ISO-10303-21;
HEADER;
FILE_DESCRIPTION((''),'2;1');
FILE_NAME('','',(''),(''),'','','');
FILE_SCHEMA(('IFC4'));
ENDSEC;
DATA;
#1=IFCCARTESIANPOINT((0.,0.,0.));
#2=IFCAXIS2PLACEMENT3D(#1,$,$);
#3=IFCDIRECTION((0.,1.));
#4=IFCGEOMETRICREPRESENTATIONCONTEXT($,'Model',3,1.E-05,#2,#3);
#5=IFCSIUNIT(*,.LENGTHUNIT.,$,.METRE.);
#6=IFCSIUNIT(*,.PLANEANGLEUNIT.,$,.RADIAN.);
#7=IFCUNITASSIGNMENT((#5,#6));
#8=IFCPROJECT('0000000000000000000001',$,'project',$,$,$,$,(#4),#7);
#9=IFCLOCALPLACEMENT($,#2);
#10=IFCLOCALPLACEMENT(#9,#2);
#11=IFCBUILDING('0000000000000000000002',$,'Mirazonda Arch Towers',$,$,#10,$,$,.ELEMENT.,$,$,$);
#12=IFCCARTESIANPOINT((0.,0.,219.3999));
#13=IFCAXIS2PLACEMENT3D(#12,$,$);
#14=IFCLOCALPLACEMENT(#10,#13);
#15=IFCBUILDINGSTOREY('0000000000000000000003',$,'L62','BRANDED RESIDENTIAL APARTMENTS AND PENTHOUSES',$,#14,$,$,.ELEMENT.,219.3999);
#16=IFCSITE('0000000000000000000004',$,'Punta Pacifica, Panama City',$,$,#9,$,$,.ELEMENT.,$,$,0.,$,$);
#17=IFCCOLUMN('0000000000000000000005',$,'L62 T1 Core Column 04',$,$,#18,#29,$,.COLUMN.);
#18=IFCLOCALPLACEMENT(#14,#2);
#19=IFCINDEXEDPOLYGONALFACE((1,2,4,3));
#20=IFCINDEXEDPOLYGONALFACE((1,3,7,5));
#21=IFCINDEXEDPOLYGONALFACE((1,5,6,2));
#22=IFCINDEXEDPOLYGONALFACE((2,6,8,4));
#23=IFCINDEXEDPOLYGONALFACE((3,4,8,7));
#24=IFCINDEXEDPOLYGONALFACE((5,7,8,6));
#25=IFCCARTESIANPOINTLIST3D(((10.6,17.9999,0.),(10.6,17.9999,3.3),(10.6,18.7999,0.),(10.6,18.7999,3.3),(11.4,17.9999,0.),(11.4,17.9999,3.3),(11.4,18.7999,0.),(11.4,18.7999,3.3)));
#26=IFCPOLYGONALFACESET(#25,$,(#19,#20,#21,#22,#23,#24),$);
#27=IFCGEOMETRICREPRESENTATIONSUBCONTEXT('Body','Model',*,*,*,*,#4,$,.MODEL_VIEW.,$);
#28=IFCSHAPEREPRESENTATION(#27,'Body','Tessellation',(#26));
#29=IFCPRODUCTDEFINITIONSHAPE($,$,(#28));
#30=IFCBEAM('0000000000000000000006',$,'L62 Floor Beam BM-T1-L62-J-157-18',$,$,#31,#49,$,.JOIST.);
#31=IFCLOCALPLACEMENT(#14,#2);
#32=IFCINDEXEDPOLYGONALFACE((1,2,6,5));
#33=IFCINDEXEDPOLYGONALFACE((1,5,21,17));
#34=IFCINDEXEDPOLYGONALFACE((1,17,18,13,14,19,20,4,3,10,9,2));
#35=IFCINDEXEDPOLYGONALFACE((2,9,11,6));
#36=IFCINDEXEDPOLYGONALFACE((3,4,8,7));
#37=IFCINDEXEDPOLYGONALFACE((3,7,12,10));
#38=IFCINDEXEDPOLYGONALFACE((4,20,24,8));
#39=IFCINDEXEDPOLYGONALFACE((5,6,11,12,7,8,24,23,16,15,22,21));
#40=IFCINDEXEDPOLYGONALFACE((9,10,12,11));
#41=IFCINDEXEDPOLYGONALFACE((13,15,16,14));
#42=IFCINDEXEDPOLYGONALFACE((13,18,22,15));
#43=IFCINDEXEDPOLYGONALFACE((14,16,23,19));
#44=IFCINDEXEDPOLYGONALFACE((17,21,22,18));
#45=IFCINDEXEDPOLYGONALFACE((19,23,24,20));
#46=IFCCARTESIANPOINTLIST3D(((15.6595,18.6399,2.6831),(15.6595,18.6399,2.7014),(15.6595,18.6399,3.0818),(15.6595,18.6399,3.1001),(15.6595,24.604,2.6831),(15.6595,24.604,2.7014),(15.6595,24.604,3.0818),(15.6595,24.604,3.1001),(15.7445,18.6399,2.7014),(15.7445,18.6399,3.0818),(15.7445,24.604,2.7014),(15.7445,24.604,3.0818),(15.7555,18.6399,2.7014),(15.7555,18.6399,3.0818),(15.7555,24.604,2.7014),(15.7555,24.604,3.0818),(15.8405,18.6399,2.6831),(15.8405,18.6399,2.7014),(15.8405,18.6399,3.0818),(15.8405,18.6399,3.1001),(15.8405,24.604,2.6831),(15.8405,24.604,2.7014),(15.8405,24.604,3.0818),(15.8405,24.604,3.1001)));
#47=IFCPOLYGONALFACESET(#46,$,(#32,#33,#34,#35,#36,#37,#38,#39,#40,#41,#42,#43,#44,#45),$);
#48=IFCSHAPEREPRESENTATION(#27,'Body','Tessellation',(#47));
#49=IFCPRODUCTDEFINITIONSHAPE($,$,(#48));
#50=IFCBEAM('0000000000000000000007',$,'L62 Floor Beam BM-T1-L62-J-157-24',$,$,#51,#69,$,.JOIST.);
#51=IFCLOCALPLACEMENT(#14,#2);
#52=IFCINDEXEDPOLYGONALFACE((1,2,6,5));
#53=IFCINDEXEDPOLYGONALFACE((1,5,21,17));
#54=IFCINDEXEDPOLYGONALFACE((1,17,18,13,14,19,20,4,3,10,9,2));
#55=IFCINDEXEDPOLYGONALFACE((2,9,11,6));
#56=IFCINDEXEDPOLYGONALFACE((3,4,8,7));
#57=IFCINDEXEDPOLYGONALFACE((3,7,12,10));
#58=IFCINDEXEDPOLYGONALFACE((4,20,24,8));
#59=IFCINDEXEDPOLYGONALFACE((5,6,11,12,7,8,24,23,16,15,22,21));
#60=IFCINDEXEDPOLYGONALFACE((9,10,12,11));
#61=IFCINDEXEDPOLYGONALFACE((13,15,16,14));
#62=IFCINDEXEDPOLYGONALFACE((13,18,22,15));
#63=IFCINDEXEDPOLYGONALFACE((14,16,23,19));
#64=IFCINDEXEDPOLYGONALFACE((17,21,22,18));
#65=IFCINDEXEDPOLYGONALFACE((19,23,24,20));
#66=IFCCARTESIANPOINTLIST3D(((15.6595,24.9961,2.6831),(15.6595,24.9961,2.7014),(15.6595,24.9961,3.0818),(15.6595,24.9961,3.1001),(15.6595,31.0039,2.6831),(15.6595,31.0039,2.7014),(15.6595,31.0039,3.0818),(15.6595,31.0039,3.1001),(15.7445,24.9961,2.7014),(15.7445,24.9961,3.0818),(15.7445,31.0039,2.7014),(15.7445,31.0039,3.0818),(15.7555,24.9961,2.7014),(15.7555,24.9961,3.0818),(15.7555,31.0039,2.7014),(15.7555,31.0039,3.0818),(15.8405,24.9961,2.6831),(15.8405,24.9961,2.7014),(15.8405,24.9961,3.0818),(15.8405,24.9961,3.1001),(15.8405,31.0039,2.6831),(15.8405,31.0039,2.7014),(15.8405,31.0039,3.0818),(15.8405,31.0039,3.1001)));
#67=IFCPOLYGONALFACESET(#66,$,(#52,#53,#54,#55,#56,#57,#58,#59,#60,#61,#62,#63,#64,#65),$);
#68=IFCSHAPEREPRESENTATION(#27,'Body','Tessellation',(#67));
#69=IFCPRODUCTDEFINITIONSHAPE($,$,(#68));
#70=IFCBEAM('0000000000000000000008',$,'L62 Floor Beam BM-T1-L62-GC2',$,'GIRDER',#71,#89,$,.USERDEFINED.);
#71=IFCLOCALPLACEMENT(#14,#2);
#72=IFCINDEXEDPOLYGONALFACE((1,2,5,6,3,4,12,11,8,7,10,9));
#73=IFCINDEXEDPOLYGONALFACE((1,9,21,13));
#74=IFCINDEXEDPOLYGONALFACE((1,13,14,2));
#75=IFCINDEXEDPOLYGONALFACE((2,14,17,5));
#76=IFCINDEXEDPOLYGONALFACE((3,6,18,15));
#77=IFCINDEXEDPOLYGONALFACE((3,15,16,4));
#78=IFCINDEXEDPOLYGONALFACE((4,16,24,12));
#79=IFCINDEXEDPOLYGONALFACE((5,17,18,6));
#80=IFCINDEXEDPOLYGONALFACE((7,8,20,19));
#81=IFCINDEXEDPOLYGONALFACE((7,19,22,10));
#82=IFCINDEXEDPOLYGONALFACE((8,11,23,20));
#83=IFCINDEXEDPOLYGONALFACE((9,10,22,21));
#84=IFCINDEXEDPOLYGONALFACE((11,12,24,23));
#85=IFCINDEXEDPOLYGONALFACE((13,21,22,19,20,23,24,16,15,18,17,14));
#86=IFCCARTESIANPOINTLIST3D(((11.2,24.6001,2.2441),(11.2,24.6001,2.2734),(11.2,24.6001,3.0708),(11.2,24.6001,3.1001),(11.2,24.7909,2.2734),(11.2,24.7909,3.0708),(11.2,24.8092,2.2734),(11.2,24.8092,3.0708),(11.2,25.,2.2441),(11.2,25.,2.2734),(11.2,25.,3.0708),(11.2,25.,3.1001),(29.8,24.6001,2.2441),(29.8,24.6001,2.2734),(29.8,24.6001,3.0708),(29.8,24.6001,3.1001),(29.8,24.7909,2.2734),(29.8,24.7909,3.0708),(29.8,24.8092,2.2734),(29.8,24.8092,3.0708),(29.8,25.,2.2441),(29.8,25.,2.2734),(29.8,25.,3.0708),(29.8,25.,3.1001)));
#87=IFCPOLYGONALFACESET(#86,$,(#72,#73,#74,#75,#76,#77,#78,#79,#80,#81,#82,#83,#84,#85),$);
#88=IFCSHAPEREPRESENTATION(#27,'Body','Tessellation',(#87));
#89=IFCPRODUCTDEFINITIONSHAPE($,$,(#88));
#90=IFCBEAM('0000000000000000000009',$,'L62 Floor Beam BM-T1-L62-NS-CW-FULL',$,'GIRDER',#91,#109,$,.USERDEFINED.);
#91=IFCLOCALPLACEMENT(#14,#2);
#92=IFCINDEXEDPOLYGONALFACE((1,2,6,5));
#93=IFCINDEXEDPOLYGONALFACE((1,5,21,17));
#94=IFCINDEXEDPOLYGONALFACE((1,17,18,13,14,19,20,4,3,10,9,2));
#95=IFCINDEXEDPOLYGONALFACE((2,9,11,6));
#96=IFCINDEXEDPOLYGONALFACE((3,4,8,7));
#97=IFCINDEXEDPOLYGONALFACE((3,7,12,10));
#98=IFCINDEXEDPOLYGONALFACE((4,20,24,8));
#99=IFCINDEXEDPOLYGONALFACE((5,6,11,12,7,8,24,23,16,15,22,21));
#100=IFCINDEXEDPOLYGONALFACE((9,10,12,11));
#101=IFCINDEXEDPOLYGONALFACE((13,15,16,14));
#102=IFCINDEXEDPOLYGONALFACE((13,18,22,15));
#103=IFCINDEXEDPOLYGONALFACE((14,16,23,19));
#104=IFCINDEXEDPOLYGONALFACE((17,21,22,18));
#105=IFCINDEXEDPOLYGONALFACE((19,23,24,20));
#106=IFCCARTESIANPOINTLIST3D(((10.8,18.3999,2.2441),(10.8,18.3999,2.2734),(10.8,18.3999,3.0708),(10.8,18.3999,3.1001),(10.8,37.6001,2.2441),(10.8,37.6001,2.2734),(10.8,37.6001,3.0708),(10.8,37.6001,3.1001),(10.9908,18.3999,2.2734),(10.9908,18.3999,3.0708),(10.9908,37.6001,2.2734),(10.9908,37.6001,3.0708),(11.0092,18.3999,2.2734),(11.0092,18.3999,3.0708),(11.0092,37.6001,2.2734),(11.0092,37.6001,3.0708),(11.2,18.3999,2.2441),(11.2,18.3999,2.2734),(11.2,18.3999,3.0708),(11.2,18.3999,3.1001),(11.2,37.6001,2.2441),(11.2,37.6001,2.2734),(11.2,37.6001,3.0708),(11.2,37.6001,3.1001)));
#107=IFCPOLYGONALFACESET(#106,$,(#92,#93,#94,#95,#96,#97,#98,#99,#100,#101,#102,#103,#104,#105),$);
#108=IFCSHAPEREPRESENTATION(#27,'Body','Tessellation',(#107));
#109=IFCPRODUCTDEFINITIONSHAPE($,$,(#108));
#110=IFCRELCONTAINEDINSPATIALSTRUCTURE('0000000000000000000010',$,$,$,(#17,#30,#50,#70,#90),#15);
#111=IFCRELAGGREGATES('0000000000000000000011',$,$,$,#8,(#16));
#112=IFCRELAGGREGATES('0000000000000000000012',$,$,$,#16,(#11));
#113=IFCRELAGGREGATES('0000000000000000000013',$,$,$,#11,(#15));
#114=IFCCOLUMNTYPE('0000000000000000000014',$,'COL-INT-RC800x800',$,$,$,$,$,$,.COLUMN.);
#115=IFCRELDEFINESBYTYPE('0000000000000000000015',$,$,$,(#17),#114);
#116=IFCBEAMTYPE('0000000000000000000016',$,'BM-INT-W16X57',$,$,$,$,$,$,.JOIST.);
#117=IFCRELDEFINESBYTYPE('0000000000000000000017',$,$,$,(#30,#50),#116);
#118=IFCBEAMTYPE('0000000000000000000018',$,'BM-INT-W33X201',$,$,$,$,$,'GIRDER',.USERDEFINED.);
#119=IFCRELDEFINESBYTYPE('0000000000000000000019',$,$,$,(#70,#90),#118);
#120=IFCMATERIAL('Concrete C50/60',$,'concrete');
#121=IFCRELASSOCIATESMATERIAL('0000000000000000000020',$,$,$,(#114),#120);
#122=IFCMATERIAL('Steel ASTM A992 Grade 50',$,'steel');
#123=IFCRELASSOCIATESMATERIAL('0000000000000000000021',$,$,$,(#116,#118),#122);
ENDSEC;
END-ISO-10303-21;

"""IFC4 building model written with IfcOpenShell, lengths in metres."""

from ifc_helpers import new_model, si_unit, direction, frame, origin, origin_2d, place, context, subcontext, project, spatial, rectangle, i_section, extrude, material, material_profile, profile_set, type_object, element, save


model = new_model("IFC4")

# Units and contexts
model_context = context("Model", 3, precision=1e-05, world=origin(), true_north=direction((0.0, 1.0)))
body_context = subcontext(model_context, "Body", "Model", "MODEL_VIEW")
ifc_project = project(units=[si_unit("LENGTHUNIT", "METRE"), si_unit("PLANEANGLEUNIT", "RADIAN")], contexts=[model_context])

# Site, building, storey
site_placement = place(None, origin())
site = spatial("IfcSite", under=ifc_project, at=site_placement, Name="Punta Pacifica, Panama City", CompositionType="ELEMENT", RefElevation=0.0)
building_placement = place(site_placement, origin())
building = spatial("IfcBuilding", under=site, at=building_placement, Name="Mirazonda Arch Towers", CompositionType="ELEMENT")
storey_placement = place(building_placement, frame((0.0, 0.0, 219.3999)))
storey = spatial("IfcBuildingStorey", under=building, at=storey_placement, Name="L62", Description="BRANDED RESIDENTIAL APARTMENTS AND PENTHOUSES", CompositionType="ELEMENT", Elevation=219.3999)

# Column
ifc_material_1 = material(Name="Concrete C50/60", Category="concrete")
ifc_material_profile_1 = material_profile(ifc_material_1, rectangle(XDim=0.8, YDim=0.8, at=origin_2d()), Name="RC800x800")
ifc_profile_set_1 = profile_set([ifc_material_profile_1], Name="Concrete C50/60")
column_type = type_object("IfcColumnType", Name="COL-INT-RC800x800", PredefinedType="COLUMN", material=ifc_profile_set_1)
column_placement = place(storey_placement, frame((11.0, 18.3999, 0.0), z_axis=(0.0, 0.0, 1.0), x_axis=(1.0, 0.0, 0.0)))
element("IfcColumn", 1, at=column_placement, inside=storey, type_object=column_type, Name="L62 T1 Core Column 04", PredefinedType="COLUMN", context=body_context, shape_type="SweptSolid", body=[
    extrude(rectangle(XDim=0.8, YDim=0.8, at=origin_2d()), origin(), (0.0, 0.0, 1.0), 3.3),
])

# Beams
ifc_material_2 = material(Name="Steel ASTM A992 Grade 50", Category="steel")
ifc_material_profile_2 = material_profile(ifc_material_2, i_section(OverallWidth=0.1809, OverallDepth=0.417, WebThickness=0.011, FlangeThickness=0.0183, at=origin_2d()), Name="W16X57")
ifc_profile_set_2 = profile_set([ifc_material_profile_2], Name="Steel ASTM A992 Grade 50")
beam_type_1 = type_object("IfcBeamType", Name="BM-INT-W16X57", PredefinedType="JOIST", material=ifc_profile_set_2)
beam_1_placement = place(storey_placement, frame((15.75, 18.6399, 2.8916), z_axis=(0.0, 1.0, 0.0), x_axis=(-1.0, 0.0, 0.0)))
element("IfcBeam", 2, at=beam_1_placement, inside=storey, type_object=beam_type_1, Name="L62 Floor Beam BM-T1-L62-J-157-18", PredefinedType="JOIST", context=body_context, shape_type="SweptSolid", body=[
    extrude(i_section(OverallWidth=0.1809, OverallDepth=0.417, WebThickness=0.011, FlangeThickness=0.0183, at=origin_2d()), origin(), (0.0, 0.0, 1.0), 5.9641),
])
beam_2_placement = place(storey_placement, frame((15.75, 24.9961, 2.8916), z_axis=(0.0, 1.0, 0.0), x_axis=(-1.0, 0.0, 0.0)))
element("IfcBeam", 3, at=beam_2_placement, inside=storey, type_object=beam_type_1, Name="L62 Floor Beam BM-T1-L62-J-157-24", PredefinedType="JOIST", context=body_context, shape_type="SweptSolid", body=[
    extrude(i_section(OverallWidth=0.1809, OverallDepth=0.417, WebThickness=0.011, FlangeThickness=0.0183, at=origin_2d()), origin(), (0.0, 0.0, 1.0), 6.0078),
])
ifc_material_profile_3 = material_profile(ifc_material_2, i_section(OverallWidth=0.3999, OverallDepth=0.856, WebThickness=0.0183, FlangeThickness=0.0293, at=origin_2d()), Name="W33X201")
ifc_profile_set_3 = profile_set([ifc_material_profile_3], Name="Steel ASTM A992 Grade 50")
beam_type_2 = type_object("IfcBeamType", Name="BM-INT-W33X201", ElementType="GIRDER", PredefinedType="USERDEFINED", material=ifc_profile_set_3)
beam_3_placement = place(storey_placement, frame((11.2, 24.8, 2.6721), z_axis=(1.0, 0.0, 0.0), x_axis=(0.0, 1.0, 0.0)))
element("IfcBeam", 4, at=beam_3_placement, inside=storey, type_object=beam_type_2, Name="L62 Floor Beam BM-T1-L62-GC2", ObjectType="GIRDER", PredefinedType="USERDEFINED", context=body_context, shape_type="SweptSolid", body=[
    extrude(i_section(OverallWidth=0.3999, OverallDepth=0.856, WebThickness=0.0183, FlangeThickness=0.0293, at=origin_2d()), origin(), (0.0, 0.0, 1.0), 18.6001),
])
beam_4_placement = place(storey_placement, frame((11.0, 18.3999, 2.6721), z_axis=(0.0, 1.0, 0.0), x_axis=(-1.0, 0.0, 0.0)))
element("IfcBeam", 5, at=beam_4_placement, inside=storey, type_object=beam_type_2, Name="L62 Floor Beam BM-T1-L62-NS-CW-FULL", ObjectType="GIRDER", PredefinedType="USERDEFINED", context=body_context, shape_type="SweptSolid", body=[
    extrude(i_section(OverallWidth=0.3999, OverallDepth=0.856, WebThickness=0.0183, FlangeThickness=0.0293, at=origin_2d()), origin(), (0.0, 0.0, 1.0), 19.2002),
])

save(model, "model.ifc")
